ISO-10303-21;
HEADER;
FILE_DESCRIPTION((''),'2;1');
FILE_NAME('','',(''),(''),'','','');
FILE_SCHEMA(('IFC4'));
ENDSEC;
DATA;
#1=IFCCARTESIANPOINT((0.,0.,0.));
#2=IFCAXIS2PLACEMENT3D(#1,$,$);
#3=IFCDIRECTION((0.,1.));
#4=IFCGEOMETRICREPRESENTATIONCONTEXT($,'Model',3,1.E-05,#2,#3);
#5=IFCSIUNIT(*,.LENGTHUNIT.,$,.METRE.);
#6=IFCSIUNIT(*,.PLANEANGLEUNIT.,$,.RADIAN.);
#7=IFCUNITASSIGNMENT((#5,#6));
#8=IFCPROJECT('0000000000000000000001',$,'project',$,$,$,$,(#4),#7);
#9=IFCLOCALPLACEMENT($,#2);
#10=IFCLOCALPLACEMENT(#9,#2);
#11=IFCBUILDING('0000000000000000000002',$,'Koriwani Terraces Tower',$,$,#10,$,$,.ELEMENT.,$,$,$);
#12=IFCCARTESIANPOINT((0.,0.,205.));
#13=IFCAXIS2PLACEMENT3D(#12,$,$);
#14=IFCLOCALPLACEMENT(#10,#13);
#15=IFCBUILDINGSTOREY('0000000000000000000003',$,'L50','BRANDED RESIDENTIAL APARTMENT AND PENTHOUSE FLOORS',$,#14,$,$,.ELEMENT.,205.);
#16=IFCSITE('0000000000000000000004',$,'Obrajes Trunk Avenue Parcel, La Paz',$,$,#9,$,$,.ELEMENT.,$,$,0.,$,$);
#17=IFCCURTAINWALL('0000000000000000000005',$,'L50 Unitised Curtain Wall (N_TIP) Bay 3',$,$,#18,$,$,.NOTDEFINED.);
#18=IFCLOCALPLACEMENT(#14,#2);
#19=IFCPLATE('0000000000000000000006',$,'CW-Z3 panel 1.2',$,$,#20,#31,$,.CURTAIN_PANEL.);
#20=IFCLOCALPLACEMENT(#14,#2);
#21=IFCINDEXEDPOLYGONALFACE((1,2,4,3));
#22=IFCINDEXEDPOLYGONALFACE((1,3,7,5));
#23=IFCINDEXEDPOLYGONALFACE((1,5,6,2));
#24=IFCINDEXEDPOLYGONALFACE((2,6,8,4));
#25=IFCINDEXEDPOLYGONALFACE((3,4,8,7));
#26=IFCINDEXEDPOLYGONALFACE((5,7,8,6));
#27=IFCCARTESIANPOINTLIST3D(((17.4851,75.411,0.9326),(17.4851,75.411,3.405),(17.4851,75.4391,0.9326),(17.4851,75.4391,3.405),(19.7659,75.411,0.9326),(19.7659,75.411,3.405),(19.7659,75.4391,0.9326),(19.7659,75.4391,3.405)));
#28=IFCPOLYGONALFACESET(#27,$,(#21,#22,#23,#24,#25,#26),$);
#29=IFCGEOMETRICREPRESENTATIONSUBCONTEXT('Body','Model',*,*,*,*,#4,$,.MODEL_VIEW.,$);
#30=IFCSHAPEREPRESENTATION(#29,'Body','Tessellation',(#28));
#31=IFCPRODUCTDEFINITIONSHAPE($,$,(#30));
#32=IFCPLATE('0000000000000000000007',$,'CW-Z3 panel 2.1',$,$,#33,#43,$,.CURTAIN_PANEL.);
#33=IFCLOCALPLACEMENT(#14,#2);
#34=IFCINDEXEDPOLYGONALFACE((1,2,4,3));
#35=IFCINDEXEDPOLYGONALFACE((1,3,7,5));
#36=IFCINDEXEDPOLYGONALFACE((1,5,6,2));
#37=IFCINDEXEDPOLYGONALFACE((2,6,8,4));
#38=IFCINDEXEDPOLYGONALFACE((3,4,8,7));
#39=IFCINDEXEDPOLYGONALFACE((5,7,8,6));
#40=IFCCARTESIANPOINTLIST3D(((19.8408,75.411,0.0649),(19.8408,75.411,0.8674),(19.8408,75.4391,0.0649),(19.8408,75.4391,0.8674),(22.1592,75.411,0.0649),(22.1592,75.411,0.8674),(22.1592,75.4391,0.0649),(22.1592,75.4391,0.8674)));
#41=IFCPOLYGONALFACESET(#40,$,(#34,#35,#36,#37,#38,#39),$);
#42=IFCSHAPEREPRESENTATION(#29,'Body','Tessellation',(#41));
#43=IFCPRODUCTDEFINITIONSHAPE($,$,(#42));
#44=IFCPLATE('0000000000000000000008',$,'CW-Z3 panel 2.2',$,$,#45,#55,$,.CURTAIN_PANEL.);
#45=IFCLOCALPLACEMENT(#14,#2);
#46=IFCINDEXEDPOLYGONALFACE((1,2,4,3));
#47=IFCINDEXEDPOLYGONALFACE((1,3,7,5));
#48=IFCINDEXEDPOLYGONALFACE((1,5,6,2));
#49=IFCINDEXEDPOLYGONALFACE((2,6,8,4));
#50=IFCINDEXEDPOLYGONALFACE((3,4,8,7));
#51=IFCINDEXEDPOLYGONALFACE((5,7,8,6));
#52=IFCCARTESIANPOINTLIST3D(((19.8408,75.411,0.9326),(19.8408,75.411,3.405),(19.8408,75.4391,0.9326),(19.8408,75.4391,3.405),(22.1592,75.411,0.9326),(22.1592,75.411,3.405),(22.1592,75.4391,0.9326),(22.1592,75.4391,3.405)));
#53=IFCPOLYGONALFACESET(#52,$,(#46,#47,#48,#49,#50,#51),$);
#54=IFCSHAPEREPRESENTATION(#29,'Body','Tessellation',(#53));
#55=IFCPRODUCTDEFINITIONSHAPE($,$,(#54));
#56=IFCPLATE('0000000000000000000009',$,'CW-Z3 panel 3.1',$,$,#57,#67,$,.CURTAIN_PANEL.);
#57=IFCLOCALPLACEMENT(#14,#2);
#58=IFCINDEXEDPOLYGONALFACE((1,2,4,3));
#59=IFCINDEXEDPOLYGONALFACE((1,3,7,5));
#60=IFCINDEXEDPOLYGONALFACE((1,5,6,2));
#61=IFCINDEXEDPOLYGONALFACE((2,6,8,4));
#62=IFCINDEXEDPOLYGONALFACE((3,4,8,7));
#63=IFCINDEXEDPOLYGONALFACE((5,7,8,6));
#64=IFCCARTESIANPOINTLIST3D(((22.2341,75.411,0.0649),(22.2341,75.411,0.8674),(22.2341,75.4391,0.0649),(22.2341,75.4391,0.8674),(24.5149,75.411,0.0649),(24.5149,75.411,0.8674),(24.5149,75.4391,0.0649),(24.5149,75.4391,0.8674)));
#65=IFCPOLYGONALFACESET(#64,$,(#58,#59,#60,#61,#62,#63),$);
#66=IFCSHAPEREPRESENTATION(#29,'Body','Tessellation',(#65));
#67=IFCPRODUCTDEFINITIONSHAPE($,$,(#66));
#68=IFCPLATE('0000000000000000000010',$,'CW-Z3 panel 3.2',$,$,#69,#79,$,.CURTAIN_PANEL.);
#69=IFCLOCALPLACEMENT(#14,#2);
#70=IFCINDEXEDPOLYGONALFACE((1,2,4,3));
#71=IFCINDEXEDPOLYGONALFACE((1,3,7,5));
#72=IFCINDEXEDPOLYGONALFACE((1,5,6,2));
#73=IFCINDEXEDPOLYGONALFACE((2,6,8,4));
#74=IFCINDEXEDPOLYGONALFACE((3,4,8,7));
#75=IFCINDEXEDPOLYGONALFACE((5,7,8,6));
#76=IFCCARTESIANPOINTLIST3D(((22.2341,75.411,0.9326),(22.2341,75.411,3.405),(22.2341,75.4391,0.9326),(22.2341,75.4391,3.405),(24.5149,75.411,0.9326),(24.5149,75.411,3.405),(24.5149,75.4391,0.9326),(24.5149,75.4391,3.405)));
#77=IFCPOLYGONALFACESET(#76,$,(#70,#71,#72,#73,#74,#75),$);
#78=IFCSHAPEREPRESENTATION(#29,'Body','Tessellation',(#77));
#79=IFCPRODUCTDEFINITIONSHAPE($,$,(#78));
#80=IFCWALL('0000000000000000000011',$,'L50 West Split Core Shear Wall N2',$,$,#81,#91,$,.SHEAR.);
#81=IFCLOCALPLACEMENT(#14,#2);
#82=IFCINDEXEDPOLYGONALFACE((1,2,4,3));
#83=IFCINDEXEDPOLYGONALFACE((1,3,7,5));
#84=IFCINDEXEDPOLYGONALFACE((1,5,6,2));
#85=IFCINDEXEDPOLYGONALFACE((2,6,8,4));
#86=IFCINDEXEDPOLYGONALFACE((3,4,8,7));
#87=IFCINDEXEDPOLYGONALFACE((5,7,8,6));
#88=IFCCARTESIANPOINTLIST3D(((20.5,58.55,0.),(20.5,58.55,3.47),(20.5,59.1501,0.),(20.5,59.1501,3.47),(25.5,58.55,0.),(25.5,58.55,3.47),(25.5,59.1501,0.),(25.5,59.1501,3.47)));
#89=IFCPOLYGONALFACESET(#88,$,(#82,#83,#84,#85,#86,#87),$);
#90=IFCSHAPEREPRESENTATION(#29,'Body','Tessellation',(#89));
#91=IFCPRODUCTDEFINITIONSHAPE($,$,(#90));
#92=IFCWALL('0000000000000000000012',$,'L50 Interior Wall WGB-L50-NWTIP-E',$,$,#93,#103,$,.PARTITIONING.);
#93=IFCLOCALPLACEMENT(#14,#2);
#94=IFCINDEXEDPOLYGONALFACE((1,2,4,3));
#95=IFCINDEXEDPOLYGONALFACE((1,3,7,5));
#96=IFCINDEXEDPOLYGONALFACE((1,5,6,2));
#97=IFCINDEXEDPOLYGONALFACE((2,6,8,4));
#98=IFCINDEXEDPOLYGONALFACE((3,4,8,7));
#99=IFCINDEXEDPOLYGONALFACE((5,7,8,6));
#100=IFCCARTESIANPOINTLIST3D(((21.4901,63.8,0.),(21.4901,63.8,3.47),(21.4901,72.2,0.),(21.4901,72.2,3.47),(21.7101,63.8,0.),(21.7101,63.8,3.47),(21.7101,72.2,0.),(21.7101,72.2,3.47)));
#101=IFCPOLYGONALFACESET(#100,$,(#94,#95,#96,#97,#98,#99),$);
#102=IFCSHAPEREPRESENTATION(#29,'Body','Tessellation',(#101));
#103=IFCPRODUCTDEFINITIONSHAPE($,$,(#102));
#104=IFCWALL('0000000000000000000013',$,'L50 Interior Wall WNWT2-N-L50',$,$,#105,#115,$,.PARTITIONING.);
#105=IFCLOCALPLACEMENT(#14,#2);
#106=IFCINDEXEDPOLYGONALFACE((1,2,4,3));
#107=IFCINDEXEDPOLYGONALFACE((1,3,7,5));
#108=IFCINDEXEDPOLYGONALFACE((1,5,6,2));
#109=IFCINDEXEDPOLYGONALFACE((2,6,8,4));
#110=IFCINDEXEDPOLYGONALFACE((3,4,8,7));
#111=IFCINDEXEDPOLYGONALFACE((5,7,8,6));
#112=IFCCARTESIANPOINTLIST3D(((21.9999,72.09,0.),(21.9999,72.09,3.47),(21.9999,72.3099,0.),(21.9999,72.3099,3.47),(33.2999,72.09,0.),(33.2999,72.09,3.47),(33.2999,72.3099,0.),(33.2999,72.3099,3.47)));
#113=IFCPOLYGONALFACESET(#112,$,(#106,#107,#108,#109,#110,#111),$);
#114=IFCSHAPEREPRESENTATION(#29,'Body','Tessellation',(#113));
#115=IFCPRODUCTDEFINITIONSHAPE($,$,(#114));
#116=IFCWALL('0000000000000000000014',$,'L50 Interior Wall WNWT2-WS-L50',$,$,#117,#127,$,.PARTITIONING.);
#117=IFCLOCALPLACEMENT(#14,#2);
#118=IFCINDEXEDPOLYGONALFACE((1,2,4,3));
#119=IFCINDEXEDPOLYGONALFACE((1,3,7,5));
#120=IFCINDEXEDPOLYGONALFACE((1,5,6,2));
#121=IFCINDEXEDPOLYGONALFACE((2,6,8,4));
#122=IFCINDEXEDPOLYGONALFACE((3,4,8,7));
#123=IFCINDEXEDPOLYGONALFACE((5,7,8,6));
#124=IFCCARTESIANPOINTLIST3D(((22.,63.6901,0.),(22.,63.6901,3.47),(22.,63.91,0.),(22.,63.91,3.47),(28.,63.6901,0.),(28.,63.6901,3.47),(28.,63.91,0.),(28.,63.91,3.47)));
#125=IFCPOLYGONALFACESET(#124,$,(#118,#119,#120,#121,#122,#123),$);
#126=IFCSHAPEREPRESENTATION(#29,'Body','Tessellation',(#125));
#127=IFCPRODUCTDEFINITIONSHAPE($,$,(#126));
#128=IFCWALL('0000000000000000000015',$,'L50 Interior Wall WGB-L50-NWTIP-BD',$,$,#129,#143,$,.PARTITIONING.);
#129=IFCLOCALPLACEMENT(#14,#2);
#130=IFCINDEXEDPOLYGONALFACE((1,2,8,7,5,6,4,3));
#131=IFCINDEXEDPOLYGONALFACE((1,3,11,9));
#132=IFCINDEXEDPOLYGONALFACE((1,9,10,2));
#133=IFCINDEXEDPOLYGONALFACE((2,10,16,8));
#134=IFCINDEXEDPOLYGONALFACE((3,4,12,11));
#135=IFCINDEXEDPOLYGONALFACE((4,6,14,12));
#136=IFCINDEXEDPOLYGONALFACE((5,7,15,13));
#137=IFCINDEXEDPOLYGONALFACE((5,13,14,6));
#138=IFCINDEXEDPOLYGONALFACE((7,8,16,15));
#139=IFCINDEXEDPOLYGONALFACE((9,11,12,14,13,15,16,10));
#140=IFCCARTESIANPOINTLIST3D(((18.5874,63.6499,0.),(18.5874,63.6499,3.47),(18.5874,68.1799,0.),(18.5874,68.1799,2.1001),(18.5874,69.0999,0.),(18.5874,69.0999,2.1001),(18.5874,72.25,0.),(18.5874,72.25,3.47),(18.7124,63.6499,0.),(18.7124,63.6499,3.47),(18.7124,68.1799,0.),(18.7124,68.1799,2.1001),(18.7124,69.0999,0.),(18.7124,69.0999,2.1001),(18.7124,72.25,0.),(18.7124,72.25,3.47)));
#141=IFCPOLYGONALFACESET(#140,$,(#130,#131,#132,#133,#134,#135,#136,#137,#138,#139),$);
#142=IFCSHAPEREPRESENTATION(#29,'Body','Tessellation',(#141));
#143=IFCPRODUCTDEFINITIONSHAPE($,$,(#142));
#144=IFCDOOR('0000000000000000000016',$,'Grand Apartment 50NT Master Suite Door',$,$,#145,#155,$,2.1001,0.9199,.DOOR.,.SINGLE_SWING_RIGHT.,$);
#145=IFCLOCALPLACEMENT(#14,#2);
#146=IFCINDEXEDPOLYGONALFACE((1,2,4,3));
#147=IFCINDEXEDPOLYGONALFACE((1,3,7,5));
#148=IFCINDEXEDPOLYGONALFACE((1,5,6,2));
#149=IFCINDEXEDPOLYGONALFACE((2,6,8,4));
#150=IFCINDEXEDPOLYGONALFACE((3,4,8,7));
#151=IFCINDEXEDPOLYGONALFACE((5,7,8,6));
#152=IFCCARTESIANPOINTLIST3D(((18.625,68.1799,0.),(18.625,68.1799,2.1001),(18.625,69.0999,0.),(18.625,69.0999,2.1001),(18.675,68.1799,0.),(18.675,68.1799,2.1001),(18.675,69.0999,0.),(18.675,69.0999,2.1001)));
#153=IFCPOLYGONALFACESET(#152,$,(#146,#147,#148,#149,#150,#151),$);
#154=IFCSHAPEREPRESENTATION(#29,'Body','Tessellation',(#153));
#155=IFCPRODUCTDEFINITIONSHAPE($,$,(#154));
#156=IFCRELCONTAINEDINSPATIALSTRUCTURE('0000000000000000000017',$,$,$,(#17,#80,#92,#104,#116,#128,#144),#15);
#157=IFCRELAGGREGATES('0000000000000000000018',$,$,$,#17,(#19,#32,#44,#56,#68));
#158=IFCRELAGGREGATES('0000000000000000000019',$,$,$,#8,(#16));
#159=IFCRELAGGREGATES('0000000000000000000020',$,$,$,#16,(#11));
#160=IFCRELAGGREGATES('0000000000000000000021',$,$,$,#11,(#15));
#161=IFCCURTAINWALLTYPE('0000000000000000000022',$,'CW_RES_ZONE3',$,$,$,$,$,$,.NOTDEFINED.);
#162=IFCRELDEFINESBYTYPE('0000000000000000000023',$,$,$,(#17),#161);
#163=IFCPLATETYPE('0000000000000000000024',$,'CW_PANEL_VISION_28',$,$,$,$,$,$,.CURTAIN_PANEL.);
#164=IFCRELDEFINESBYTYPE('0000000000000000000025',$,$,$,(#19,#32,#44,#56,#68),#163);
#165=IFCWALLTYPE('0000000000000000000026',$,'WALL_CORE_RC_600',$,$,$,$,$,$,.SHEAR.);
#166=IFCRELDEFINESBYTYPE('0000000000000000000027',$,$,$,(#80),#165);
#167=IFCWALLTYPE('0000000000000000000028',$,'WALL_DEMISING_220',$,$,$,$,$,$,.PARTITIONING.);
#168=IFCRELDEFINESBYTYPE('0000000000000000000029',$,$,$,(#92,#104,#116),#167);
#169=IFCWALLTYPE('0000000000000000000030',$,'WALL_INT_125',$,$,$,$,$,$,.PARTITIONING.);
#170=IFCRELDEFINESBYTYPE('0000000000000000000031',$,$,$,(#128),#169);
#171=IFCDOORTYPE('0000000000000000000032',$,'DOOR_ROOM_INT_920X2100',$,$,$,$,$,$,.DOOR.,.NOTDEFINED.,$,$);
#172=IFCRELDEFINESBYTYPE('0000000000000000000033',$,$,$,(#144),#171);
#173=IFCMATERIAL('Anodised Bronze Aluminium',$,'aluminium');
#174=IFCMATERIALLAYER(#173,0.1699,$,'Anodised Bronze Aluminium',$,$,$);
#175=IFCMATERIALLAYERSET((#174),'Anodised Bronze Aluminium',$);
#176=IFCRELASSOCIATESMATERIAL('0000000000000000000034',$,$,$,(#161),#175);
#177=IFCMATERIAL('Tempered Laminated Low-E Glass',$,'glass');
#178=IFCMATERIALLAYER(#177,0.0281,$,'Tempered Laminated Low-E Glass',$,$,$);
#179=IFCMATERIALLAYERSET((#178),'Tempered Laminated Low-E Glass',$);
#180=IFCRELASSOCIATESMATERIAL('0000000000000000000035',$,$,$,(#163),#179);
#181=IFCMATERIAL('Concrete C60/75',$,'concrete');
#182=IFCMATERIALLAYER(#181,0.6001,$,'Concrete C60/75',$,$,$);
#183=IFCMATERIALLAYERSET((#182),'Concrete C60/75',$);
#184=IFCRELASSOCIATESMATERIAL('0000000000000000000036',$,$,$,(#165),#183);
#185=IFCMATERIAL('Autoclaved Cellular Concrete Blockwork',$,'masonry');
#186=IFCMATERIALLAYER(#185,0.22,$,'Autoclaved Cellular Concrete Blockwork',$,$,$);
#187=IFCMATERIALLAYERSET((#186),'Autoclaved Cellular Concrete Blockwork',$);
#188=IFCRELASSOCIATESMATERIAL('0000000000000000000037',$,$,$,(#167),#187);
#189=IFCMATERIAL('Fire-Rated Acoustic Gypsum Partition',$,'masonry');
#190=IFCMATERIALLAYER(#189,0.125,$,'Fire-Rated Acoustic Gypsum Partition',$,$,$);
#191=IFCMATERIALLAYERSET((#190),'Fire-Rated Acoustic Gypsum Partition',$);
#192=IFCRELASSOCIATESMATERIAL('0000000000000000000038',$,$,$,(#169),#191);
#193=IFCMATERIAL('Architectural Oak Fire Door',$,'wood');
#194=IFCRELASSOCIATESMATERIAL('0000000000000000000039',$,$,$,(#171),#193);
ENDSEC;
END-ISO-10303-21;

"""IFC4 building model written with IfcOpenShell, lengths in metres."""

from ifc_helpers import new_model, si_unit, direction, frame, frame_2d, origin, origin_2d, place, context, subcontext, project, spatial, rectangle, extrude, material, layer, layer_set, type_object, element, fill, aggregate, save


model = new_model("IFC4")

# Units and contexts
model_context = context("Model", 3, precision=1e-05, world=origin(), true_north=direction((0.0, 1.0)))
body_context = subcontext(model_context, "Body", "Model", "MODEL_VIEW")
ifc_project = project(units=[si_unit("LENGTHUNIT", "METRE"), si_unit("PLANEANGLEUNIT", "RADIAN")], contexts=[model_context])

# Site, building, storey
site_placement = place(None, origin())
site = spatial("IfcSite", under=ifc_project, at=site_placement, Name="Obrajes Trunk Avenue Parcel, La Paz", CompositionType="ELEMENT", RefElevation=0.0)
building_placement = place(site_placement, origin())
building = spatial("IfcBuilding", under=site, at=building_placement, Name="Koriwani Terraces Tower", CompositionType="ELEMENT")
storey_placement = place(building_placement, frame((0.0, 0.0, 205.0)))
storey = spatial("IfcBuildingStorey", under=building, at=storey_placement, Name="L50", Description="BRANDED RESIDENTIAL APARTMENT AND PENTHOUSE FLOORS", CompositionType="ELEMENT", Elevation=205.0)

# Shared definitions
ifc_material_1 = material(Name="Concrete C60/75", Category="concrete")

# Curtain wall, plates
ifc_material_2 = material(Name="Anodised Bronze Aluminium", Category="aluminium")
ifc_layer_1 = layer(ifc_material_2, 0.1699, Name="Anodised Bronze Aluminium")
ifc_layer_set_1 = layer_set([ifc_layer_1], Name="Anodised Bronze Aluminium")
curtain_wall_type = type_object("IfcCurtainWallType", Name="CW_RES_ZONE3", PredefinedType="NOTDEFINED", material=ifc_layer_set_1)
curtain_wall_placement = place(storey_placement, origin())
curtain_wall = element("IfcCurtainWall", 1, at=curtain_wall_placement, inside=storey, type_object=curtain_wall_type, Name="L50 Unitised Curtain Wall (N_TIP) Bay 3", PredefinedType="NOTDEFINED")
ifc_material_3 = material(Name="Tempered Laminated Low-E Glass", Category="glass")
ifc_layer_2 = layer(ifc_material_3, 0.0281, Name="Tempered Laminated Low-E Glass")
ifc_layer_set_2 = layer_set([ifc_layer_2], Name="Tempered Laminated Low-E Glass")
plate_type = type_object("IfcPlateType", Name="CW_PANEL_VISION_28", PredefinedType="CURTAIN_PANEL", material=ifc_layer_set_2)
plate_1_placement = place(storey_placement, frame((18.6255, 75.425, 0.9326), z_axis=(0.0, 0.0, 1.0), x_axis=(1.0, 0.0, 0.0)))
plate_1 = element("IfcPlate", 2, at=plate_1_placement, type_object=plate_type, Name="CW-Z3 panel 1.2", PredefinedType="CURTAIN_PANEL", context=body_context, shape_type="SweptSolid", body=[
    extrude(rectangle(XDim=2.2808, YDim=0.0281, at=origin_2d()), origin(), (0.0, 0.0, 1.0), 2.4724),
])
plate_2_placement = place(storey_placement, frame((21.0, 75.425, 0.0649), z_axis=(0.0, 0.0, 1.0), x_axis=(1.0, 0.0, 0.0)))
plate_2 = element("IfcPlate", 3, at=plate_2_placement, type_object=plate_type, Name="CW-Z3 panel 2.1", PredefinedType="CURTAIN_PANEL", context=body_context, shape_type="SweptSolid", body=[
    extrude(rectangle(XDim=2.3184, YDim=0.0281, at=origin_2d()), origin(), (0.0, 0.0, 1.0), 0.8025),
])
plate_3_placement = place(storey_placement, frame((21.0, 75.425, 0.9326), z_axis=(0.0, 0.0, 1.0), x_axis=(1.0, 0.0, 0.0)))
plate_3 = element("IfcPlate", 4, at=plate_3_placement, type_object=plate_type, Name="CW-Z3 panel 2.2", PredefinedType="CURTAIN_PANEL", context=body_context, shape_type="SweptSolid", body=[
    extrude(rectangle(XDim=2.3184, YDim=0.0281, at=origin_2d()), origin(), (0.0, 0.0, 1.0), 2.4724),
])
plate_4_placement = place(storey_placement, frame((23.3745, 75.425, 0.0649), z_axis=(0.0, 0.0, 1.0), x_axis=(1.0, 0.0, 0.0)))
plate_4 = element("IfcPlate", 5, at=plate_4_placement, type_object=plate_type, Name="CW-Z3 panel 3.1", PredefinedType="CURTAIN_PANEL", context=body_context, shape_type="SweptSolid", body=[
    extrude(rectangle(XDim=2.2808, YDim=0.0281, at=origin_2d()), origin(), (0.0, 0.0, 1.0), 0.8025),
])
plate_5_placement = place(storey_placement, frame((23.3745, 75.425, 0.9326), z_axis=(0.0, 0.0, 1.0), x_axis=(1.0, 0.0, 0.0)))
plate_5 = element("IfcPlate", 6, at=plate_5_placement, type_object=plate_type, Name="CW-Z3 panel 3.2", PredefinedType="CURTAIN_PANEL", context=body_context, shape_type="SweptSolid", body=[
    extrude(rectangle(XDim=2.2808, YDim=0.0281, at=origin_2d()), origin(), (0.0, 0.0, 1.0), 2.4724),
])
aggregate(curtain_wall, [plate_1, plate_2, plate_3, plate_4, plate_5])

# Walls
ifc_layer_3 = layer(ifc_material_1, 0.6001, Name="Concrete C60/75")
ifc_layer_set_3 = layer_set([ifc_layer_3], Name="Concrete C60/75")
wall_type_1 = type_object("IfcWallType", Name="WALL_CORE_RC_600", PredefinedType="SHEAR", material=ifc_layer_set_3)
wall_1_placement = place(storey_placement, frame((20.5, 58.8501, 0.0), z_axis=(0.0, 0.0, 1.0), x_axis=(1.0, 0.0, 0.0)))
element("IfcWall", 7, at=wall_1_placement, inside=storey, type_object=wall_type_1, Name="L50 West Split Core Shear Wall N2", PredefinedType="SHEAR", context=body_context, shape_type="SweptSolid", body=[
    extrude(rectangle(XDim=5.0, YDim=0.6001, at=frame_2d((2.5, 0.0))), origin(), (0.0, 0.0, 1.0), 3.47),
])
ifc_material_4 = material(Name="Autoclaved Cellular Concrete Blockwork", Category="masonry")
ifc_layer_4 = layer(ifc_material_4, 0.22, Name="Autoclaved Cellular Concrete Blockwork")
ifc_layer_set_4 = layer_set([ifc_layer_4], Name="Autoclaved Cellular Concrete Blockwork")
wall_type_2 = type_object("IfcWallType", Name="WALL_DEMISING_220", PredefinedType="PARTITIONING", material=ifc_layer_set_4)
wall_2_placement = place(storey_placement, frame((21.6001, 63.8, 0.0), z_axis=(0.0, 0.0, 1.0), x_axis=(0.0, 1.0, 0.0)))
element("IfcWall", 8, at=wall_2_placement, inside=storey, type_object=wall_type_2, Name="L50 Interior Wall WGB-L50-NWTIP-E", PredefinedType="PARTITIONING", context=body_context, shape_type="SweptSolid", body=[
    extrude(rectangle(XDim=8.3999, YDim=0.22, at=frame_2d((4.2, 0.0))), origin(), (0.0, 0.0, 1.0), 3.47),
])
wall_3_placement = place(storey_placement, frame((22.0, 72.2, 0.0), z_axis=(0.0, 0.0, 1.0), x_axis=(1.0, 0.0, 0.0)))
element("IfcWall", 9, at=wall_3_placement, inside=storey, type_object=wall_type_2, Name="L50 Interior Wall WNWT2-N-L50", PredefinedType="PARTITIONING", context=body_context, shape_type="SweptSolid", body=[
    extrude(rectangle(XDim=11.3, YDim=0.22, at=frame_2d((5.6499, 0.0))), origin(), (0.0, 0.0, 1.0), 3.47),
])
wall_4_placement = place(storey_placement, frame((22.0, 63.8, 0.0), z_axis=(0.0, 0.0, 1.0), x_axis=(1.0, 0.0, 0.0)))
element("IfcWall", 10, at=wall_4_placement, inside=storey, type_object=wall_type_2, Name="L50 Interior Wall WNWT2-WS-L50", PredefinedType="PARTITIONING", context=body_context, shape_type="SweptSolid", body=[
    extrude(rectangle(XDim=6.0, YDim=0.22, at=frame_2d((3.0, 0.0))), origin(), (0.0, 0.0, 1.0), 3.47),
])

# Wall, opening, door
ifc_material_5 = material(Name="Fire-Rated Acoustic Gypsum Partition", Category="masonry")
ifc_layer_5 = layer(ifc_material_5, 0.125, Name="Fire-Rated Acoustic Gypsum Partition")
ifc_layer_set_5 = layer_set([ifc_layer_5], Name="Fire-Rated Acoustic Gypsum Partition")
wall_type_3 = type_object("IfcWallType", Name="WALL_INT_125", PredefinedType="PARTITIONING", material=ifc_layer_set_5)
wall_5_placement = place(storey_placement, frame((18.6499, 63.6499, 0.0), z_axis=(0.0, 0.0, 1.0), x_axis=(0.0, 1.0, 0.0)))
wall_5 = element("IfcWall", 11, at=wall_5_placement, inside=storey, type_object=wall_type_3, Name="L50 Interior Wall WGB-L50-NWTIP-BD", PredefinedType="PARTITIONING", context=body_context, shape_type="SweptSolid", body=[
    extrude(rectangle(XDim=8.6001, YDim=0.125, at=frame_2d((4.3, 0.0))), origin(), (0.0, 0.0, 1.0), 3.47),
])
opening_1_placement = place(wall_5_placement, frame((4.53, 0.0, 0.0)))
opening_1 = element("IfcOpeningElement", 12, at=opening_1_placement, cuts=wall_5, PredefinedType="OPENING", context=body_context, shape_type="SweptSolid", body=[
    extrude(rectangle(XDim=0.9199, YDim=2.1001, at=frame_2d((0.46, 1.05))), frame((0.0, 0.0725, 0.0), z_axis=(0.0, -1.0, 0.0), x_axis=(1.0, 0.0, 0.0)), (0.0, 0.0, 1.0), 0.145),
])
ifc_material_6 = material(Name="Architectural Oak Fire Door", Category="wood")
door_type_1 = type_object("IfcDoorType", Name="DOOR_ROOM_INT_920X2100", OperationType="NOTDEFINED", PredefinedType="DOOR", material=ifc_material_6)
door_1_placement = place(opening_1_placement, origin())
door_1 = element("IfcDoor", 13, at=door_1_placement, inside=storey, type_object=door_type_1, Name="Grand Apartment 50NT Master Suite Door", OperationType="SINGLE_SWING_RIGHT", OverallHeight=2.1001, OverallWidth=0.9199, PredefinedType="DOOR", context=body_context, shape_type="SweptSolid", body=[
    extrude(rectangle(XDim=0.9199, YDim=2.1001, at=frame_2d((0.46, 1.05))), frame((0.0, 0.0249, 0.0), z_axis=(0.0, -1.0, 0.0), x_axis=(1.0, 0.0, 0.0)), (0.0, 0.0, 1.0), 0.05),
])
fill(opening_1, door_1)

save(model, "model.ifc")
